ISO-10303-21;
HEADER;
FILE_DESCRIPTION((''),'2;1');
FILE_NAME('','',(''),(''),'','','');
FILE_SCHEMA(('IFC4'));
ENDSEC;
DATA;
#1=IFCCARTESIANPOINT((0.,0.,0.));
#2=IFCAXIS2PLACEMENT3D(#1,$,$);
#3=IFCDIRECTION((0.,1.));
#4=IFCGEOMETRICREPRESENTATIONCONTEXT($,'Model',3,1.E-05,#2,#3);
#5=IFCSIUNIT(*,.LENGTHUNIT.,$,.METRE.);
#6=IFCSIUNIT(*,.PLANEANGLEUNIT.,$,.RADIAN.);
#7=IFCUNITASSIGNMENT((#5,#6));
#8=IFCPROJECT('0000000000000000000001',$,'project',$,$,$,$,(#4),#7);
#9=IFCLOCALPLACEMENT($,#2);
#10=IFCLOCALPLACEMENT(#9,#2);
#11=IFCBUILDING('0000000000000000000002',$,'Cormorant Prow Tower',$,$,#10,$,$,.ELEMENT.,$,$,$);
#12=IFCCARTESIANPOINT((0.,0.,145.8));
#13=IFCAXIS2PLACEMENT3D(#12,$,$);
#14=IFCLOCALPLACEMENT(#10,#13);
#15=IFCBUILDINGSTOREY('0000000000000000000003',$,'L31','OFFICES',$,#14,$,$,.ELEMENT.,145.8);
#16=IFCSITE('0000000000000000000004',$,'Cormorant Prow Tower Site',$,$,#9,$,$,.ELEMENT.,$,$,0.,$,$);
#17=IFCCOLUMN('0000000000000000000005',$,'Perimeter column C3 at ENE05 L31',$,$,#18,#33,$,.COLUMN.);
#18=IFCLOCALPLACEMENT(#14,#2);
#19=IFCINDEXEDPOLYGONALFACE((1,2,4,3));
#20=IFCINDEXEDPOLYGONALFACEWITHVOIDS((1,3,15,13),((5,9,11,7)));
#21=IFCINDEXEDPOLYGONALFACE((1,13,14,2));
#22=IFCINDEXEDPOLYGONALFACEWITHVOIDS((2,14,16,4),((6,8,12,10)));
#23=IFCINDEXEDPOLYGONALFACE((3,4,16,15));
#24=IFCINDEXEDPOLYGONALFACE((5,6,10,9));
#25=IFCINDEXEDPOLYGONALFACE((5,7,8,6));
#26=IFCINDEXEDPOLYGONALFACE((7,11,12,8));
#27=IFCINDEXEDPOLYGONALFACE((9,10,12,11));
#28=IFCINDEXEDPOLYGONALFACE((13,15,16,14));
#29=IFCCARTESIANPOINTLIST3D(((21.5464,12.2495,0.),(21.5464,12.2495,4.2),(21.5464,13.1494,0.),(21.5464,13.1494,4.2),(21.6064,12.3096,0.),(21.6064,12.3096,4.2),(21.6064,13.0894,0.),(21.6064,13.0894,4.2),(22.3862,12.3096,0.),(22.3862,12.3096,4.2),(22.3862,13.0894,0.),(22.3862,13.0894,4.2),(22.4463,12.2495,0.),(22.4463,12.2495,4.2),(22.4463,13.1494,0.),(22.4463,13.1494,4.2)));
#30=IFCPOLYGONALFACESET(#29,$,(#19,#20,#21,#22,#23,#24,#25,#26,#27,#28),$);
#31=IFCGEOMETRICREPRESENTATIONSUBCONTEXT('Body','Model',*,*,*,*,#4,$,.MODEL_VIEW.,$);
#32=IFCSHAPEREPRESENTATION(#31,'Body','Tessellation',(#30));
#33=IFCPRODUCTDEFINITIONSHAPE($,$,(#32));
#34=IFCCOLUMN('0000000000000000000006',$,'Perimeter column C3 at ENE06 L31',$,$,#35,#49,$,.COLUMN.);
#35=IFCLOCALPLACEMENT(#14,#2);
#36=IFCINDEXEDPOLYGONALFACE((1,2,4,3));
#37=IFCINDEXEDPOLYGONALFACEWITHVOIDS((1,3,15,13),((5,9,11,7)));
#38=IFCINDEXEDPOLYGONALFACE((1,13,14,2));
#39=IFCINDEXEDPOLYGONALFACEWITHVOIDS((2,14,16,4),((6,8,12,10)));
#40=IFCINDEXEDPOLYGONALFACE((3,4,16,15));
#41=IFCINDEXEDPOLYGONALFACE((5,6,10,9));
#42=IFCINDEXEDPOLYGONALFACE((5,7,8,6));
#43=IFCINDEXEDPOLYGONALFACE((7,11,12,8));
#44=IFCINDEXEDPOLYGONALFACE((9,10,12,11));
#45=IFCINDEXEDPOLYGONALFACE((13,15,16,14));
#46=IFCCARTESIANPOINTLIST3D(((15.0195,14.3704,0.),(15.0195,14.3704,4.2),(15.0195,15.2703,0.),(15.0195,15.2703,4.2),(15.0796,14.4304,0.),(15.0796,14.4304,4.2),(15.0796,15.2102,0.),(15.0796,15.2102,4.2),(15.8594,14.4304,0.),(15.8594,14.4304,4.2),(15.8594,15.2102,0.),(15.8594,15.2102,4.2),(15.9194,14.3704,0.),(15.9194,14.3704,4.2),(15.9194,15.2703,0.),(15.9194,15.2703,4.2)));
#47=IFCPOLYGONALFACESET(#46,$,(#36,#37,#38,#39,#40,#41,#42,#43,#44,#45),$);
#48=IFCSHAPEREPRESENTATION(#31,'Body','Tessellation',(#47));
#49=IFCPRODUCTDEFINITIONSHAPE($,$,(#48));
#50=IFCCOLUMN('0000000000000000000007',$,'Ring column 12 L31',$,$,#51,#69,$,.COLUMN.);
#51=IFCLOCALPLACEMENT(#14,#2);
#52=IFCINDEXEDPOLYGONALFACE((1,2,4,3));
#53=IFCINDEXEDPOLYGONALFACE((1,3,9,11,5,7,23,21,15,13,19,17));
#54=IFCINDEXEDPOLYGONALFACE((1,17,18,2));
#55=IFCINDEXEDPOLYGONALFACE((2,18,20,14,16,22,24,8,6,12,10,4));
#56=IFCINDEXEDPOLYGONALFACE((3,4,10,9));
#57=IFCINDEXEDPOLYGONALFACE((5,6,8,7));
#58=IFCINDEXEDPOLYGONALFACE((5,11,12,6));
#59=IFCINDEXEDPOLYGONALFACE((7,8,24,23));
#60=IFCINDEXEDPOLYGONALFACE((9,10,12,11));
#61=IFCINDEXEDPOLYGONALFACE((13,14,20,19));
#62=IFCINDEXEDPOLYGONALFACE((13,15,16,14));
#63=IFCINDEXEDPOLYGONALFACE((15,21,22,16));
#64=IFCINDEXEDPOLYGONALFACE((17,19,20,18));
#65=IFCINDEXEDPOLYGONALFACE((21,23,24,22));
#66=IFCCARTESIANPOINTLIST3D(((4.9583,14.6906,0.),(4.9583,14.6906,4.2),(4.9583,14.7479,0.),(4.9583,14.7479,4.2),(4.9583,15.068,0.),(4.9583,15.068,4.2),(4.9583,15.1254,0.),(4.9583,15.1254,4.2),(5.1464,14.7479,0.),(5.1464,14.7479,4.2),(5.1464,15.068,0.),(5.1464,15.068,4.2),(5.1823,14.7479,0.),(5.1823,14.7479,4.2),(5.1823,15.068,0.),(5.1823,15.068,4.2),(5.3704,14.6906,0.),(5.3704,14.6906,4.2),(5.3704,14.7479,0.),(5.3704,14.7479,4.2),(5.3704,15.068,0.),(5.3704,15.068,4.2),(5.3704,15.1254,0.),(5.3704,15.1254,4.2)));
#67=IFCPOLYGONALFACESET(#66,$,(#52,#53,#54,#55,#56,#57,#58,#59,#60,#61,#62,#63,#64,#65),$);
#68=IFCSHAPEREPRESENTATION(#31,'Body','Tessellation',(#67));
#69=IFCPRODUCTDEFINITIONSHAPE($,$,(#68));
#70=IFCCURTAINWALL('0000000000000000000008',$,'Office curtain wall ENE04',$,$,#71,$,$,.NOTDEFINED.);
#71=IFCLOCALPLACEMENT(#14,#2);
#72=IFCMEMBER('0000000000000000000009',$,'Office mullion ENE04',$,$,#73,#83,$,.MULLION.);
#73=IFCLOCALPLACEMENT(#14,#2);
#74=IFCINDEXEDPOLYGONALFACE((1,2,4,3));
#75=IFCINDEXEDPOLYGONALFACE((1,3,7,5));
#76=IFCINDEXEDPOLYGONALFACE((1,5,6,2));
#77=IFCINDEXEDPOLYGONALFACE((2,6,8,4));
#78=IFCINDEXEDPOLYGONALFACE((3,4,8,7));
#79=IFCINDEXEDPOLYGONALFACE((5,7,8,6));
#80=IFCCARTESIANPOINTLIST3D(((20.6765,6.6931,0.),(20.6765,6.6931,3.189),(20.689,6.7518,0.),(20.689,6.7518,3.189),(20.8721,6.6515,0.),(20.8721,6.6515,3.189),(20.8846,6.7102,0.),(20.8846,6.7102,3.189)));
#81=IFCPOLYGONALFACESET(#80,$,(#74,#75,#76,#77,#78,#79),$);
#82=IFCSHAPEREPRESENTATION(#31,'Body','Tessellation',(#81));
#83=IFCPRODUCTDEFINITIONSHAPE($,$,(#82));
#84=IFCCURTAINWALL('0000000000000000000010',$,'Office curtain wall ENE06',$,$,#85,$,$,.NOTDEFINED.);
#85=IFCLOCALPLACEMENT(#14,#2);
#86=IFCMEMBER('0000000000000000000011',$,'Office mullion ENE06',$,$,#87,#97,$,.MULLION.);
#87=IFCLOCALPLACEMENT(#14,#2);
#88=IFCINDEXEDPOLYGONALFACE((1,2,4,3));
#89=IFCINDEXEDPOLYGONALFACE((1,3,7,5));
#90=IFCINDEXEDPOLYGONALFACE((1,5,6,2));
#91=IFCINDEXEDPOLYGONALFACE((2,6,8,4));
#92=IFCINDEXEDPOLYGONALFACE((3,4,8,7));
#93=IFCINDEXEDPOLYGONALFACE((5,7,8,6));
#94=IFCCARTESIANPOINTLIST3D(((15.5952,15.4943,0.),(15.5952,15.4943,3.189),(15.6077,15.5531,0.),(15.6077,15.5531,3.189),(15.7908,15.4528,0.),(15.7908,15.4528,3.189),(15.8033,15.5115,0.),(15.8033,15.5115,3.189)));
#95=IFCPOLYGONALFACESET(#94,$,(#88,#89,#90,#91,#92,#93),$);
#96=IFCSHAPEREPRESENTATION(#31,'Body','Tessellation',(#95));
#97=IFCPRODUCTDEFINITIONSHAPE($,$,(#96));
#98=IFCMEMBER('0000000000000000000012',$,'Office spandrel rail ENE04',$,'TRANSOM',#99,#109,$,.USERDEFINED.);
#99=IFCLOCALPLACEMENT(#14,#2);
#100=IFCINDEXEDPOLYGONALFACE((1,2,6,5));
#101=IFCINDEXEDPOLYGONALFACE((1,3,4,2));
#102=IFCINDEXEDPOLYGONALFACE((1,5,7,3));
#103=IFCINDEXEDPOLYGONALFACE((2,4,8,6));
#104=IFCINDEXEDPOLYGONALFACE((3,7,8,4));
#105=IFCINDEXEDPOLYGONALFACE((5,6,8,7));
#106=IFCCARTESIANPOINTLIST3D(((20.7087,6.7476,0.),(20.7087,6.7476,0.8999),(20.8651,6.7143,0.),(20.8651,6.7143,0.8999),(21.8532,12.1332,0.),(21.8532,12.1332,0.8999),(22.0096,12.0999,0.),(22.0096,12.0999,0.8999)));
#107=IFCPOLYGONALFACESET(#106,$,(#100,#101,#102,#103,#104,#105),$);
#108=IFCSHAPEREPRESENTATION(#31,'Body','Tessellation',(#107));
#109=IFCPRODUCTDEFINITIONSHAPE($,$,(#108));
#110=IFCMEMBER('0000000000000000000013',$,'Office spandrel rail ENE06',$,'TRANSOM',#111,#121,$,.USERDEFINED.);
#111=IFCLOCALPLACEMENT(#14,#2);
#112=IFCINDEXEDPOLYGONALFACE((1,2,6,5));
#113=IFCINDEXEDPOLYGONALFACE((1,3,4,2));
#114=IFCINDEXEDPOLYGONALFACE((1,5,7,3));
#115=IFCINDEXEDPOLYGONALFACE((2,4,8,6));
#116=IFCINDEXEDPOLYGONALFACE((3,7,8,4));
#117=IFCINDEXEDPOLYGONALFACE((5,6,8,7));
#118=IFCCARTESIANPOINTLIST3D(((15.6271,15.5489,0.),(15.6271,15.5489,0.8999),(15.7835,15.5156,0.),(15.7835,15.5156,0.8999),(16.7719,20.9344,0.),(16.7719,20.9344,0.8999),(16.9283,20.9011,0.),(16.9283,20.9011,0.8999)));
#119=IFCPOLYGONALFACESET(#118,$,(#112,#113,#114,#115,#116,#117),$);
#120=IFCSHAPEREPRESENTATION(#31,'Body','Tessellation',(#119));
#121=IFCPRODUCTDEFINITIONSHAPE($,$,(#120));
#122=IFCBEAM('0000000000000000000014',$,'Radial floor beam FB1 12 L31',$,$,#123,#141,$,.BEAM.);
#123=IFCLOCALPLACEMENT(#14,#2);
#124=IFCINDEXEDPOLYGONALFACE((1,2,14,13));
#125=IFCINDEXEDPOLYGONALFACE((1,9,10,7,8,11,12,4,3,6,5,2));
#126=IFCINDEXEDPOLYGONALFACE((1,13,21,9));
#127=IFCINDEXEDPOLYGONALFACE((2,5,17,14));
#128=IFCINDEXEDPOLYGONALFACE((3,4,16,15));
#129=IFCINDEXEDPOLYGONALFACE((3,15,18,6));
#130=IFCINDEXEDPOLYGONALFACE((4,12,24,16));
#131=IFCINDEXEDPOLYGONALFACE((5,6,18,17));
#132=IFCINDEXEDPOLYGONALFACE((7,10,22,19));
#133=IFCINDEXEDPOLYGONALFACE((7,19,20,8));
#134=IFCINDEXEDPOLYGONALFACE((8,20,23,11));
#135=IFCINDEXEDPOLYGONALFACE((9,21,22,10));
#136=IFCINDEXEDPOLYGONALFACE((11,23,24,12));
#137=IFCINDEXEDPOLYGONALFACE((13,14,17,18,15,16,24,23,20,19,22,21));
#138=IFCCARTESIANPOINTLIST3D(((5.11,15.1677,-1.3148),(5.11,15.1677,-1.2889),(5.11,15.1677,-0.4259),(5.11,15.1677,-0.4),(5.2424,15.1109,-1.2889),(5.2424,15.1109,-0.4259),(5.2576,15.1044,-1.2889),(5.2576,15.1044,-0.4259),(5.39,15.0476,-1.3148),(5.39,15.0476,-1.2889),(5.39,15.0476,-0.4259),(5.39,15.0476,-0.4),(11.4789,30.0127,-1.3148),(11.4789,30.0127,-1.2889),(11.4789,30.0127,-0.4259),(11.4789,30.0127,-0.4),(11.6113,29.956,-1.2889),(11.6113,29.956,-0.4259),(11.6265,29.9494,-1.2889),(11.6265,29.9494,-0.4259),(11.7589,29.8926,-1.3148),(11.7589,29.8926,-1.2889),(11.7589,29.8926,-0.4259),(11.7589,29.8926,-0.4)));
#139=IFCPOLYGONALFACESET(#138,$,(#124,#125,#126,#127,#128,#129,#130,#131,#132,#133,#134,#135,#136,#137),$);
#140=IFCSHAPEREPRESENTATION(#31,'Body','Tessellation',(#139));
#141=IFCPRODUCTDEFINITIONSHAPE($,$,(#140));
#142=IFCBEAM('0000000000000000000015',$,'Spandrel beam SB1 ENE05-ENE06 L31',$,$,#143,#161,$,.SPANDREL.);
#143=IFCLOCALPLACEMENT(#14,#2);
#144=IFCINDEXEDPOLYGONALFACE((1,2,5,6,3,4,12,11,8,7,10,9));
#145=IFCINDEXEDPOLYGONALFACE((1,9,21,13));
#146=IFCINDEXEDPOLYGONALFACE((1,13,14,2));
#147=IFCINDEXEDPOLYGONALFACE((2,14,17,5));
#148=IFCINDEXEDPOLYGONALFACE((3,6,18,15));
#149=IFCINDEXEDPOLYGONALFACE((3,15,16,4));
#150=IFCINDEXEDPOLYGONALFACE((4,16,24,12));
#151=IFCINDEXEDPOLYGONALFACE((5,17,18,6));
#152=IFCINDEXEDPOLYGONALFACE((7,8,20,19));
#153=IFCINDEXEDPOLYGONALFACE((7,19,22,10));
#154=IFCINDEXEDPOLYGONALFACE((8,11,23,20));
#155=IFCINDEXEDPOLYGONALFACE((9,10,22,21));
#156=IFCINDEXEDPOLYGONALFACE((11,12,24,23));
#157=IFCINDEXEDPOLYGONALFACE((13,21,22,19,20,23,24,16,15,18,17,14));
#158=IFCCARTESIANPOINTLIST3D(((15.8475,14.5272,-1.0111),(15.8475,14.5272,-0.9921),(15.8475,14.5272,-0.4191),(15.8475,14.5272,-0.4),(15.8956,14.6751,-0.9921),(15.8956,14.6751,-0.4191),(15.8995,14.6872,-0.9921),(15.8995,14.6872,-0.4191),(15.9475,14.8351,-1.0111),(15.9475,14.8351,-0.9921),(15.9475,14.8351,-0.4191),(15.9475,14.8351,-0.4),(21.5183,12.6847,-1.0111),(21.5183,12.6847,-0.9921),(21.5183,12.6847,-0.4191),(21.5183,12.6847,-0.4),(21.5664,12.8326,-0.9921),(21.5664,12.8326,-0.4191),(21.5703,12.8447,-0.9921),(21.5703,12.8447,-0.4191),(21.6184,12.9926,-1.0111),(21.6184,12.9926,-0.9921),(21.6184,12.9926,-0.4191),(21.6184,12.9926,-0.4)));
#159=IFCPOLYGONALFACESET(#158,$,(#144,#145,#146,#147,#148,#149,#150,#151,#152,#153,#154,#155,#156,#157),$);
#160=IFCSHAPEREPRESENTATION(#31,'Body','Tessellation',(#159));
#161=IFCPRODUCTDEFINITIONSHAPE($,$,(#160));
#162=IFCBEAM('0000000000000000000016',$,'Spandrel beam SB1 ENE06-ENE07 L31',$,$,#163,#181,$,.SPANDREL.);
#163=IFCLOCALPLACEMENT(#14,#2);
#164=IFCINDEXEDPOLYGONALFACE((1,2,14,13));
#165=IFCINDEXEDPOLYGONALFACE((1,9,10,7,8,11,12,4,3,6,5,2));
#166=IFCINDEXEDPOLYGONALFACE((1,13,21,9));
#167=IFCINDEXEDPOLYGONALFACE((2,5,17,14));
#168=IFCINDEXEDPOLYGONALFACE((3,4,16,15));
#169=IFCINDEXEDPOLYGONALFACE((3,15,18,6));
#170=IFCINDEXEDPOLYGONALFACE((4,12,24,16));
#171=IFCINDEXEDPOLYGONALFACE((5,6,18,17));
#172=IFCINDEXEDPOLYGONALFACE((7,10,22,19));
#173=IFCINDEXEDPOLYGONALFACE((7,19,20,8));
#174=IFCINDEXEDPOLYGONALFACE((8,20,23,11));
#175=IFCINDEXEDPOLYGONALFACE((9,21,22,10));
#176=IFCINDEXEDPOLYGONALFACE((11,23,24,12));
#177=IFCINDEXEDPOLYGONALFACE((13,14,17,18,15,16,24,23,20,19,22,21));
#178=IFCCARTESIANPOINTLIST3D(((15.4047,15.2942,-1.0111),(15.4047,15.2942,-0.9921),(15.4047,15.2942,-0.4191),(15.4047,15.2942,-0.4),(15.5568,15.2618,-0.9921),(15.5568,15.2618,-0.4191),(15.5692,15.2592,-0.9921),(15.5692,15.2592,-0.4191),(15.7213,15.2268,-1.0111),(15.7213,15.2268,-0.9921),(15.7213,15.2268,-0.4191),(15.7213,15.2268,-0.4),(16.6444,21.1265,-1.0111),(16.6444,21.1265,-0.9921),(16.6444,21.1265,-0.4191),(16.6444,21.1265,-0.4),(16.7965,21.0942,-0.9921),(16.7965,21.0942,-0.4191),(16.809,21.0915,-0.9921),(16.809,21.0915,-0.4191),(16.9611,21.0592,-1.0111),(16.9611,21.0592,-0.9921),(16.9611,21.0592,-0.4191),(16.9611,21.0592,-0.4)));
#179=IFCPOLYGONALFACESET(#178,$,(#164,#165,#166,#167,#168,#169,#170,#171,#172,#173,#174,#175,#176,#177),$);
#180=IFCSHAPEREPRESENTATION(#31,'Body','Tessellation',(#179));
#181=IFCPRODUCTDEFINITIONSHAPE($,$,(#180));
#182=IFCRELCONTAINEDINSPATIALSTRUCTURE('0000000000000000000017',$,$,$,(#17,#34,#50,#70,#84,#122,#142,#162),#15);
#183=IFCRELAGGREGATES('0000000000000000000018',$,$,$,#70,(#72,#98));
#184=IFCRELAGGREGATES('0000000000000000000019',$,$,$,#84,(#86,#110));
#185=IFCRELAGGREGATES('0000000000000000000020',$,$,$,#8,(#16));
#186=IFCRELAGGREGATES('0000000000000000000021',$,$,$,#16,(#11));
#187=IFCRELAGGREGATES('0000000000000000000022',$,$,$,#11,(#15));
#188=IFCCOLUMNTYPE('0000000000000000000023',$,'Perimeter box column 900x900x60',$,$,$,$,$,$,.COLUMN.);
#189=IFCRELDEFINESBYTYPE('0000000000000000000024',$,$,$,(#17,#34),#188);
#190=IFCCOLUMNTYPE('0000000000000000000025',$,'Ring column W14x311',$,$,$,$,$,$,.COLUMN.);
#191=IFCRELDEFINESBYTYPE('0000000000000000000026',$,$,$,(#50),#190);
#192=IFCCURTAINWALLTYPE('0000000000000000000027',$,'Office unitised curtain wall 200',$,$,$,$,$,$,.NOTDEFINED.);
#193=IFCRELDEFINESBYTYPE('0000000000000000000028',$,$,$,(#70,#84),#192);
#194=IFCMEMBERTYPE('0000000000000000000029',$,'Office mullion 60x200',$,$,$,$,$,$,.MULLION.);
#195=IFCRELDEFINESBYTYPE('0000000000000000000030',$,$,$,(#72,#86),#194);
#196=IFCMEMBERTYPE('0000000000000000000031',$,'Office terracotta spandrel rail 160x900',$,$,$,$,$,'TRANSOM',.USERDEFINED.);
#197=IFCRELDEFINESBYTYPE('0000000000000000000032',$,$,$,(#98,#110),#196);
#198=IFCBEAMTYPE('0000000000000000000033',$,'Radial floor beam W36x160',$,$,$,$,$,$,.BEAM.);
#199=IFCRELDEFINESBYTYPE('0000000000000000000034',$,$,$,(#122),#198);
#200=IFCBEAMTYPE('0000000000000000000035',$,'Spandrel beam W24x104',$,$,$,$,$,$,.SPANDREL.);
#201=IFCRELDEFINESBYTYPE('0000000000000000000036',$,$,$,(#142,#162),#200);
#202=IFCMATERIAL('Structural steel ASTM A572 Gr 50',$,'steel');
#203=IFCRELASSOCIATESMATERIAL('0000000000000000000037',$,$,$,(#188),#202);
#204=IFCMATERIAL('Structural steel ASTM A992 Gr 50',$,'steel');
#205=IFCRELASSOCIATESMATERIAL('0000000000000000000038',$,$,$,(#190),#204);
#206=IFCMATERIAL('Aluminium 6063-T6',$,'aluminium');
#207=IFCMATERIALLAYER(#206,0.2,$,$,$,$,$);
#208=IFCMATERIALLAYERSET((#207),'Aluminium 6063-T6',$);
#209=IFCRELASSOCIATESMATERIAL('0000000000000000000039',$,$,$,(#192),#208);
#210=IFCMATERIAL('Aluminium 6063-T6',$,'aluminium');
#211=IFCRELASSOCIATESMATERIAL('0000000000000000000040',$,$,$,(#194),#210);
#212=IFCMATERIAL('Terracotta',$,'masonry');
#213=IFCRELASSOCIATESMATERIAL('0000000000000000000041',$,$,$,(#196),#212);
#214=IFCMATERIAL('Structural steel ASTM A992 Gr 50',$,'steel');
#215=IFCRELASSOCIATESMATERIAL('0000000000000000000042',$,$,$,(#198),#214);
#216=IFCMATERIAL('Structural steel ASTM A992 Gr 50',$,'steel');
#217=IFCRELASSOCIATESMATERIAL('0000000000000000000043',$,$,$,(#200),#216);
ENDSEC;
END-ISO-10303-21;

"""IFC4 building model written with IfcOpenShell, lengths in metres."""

from ifc_helpers import new_model, si_unit, direction, frame, origin, origin_2d, place, context, subcontext, project, spatial, rectangle, hollow_rectangle, i_section, extrude, material, layer, layer_set, material_profile, profile_set, type_object, element, aggregate, save


model = new_model("IFC4")

# Units and contexts
model_context = context("Model", 3, precision=1e-05, world=origin(), true_north=direction((0.0, 1.0)))
body_context = subcontext(model_context, "Body", "Model", "MODEL_VIEW")
ifc_project = project(units=[si_unit("LENGTHUNIT", "METRE"), si_unit("PLANEANGLEUNIT", "RADIAN")], contexts=[model_context])

# Site, building, storey
site_placement = place(None, origin())
site = spatial("IfcSite", under=ifc_project, at=site_placement, Name="Cormorant Prow Tower Site", CompositionType="ELEMENT", RefElevation=0.0)
building_placement = place(site_placement, origin())
building = spatial("IfcBuilding", under=site, at=building_placement, Name="Cormorant Prow Tower", CompositionType="ELEMENT")
storey_placement = place(building_placement, frame((0.0, 0.0, 145.8)))
storey = spatial("IfcBuildingStorey", under=building, at=storey_placement, Name="L31", Description="OFFICES", CompositionType="ELEMENT", Elevation=145.8)

# Columns
ifc_material_1 = material(Name="Structural steel ASTM A572 Gr 50", Category="steel")
ifc_material_profile_1 = material_profile(ifc_material_1, hollow_rectangle(XDim=0.8999, YDim=0.8999, WallThickness=0.0601, at=origin_2d()), Name="Box 900x900x60")
ifc_profile_set_1 = profile_set([ifc_material_profile_1], Name="Structural steel ASTM A572 Gr 50")
column_type_1 = type_object("IfcColumnType", Name="Perimeter box column 900x900x60", PredefinedType="COLUMN", material=ifc_profile_set_1)
for number, where, z_axis, x_axis, name in (
    (1, (21.9963, 12.6995, 0.0), (0.0, 0.0, 1.0), (1.0, 0.0, 0.0), "Perimeter column C3 at ENE05 L31"),
    (2, (15.4695, 14.8203, 0.0), (0.0, 0.0, 1.0), (1.0, 0.0, 0.0), "Perimeter column C3 at ENE06 L31"),
):
    element("IfcColumn", number, at=place(storey_placement, frame(where, z_axis=z_axis, x_axis=x_axis)), inside=storey, type_object=column_type_1, Name=name, PredefinedType="COLUMN", context=body_context, shape_type="SweptSolid", body=[
        extrude(hollow_rectangle(XDim=0.8999, YDim=0.8999, WallThickness=0.0601, at=origin_2d()), origin(), (0.0, 0.0, 1.0), 4.2),
    ])
ifc_material_2 = material(Name="Structural steel ASTM A992 Gr 50", Category="steel")
ifc_material_profile_2 = material_profile(ifc_material_2, i_section(OverallWidth=0.4121, OverallDepth=0.4348, WebThickness=0.0359, FlangeThickness=0.0574, at=origin_2d()), Name="W14x311")
ifc_profile_set_2 = profile_set([ifc_material_profile_2], Name="Structural steel ASTM A992 Gr 50")
column_type_2 = type_object("IfcColumnType", Name="Ring column W14x311", PredefinedType="COLUMN", material=ifc_profile_set_2)
column_placement = place(storey_placement, frame((5.1643, 14.908, 0.0), z_axis=(0.0, 0.0, 1.0), x_axis=(1.0, 0.0, 0.0)))
element("IfcColumn", 3, at=column_placement, inside=storey, type_object=column_type_2, Name="Ring column 12 L31", PredefinedType="COLUMN", context=body_context, shape_type="SweptSolid", body=[
    extrude(i_section(OverallWidth=0.4121, OverallDepth=0.4348, WebThickness=0.0359, FlangeThickness=0.0574, at=origin_2d()), origin(), (0.0, 0.0, 1.0), 4.2),
])

# Curtain walls, members
ifc_material_3 = material(Name="Aluminium 6063-T6", Category="aluminium")
ifc_layer_1 = layer(ifc_material_3, 0.2)
ifc_layer_set_1 = layer_set([ifc_layer_1], Name="Aluminium 6063-T6")
curtain_wall_type = type_object("IfcCurtainWallType", Name="Office unitised curtain wall 200", PredefinedType="NOTDEFINED", material=ifc_layer_set_1)
curtain_wall_1_placement = place(storey_placement, origin())
curtain_wall_1 = element("IfcCurtainWall", 4, at=curtain_wall_1_placement, inside=storey, type_object=curtain_wall_type, Name="Office curtain wall ENE04", PredefinedType="NOTDEFINED")
ifc_material_4 = material(Name="Aluminium 6063-T6", Category="aluminium")
ifc_material_profile_3 = material_profile(ifc_material_4, rectangle(XDim=0.2, YDim=0.0601, at=origin_2d()), Name="Office mullion 60x200")
ifc_profile_set_3 = profile_set([ifc_material_profile_3], Name="Aluminium 6063-T6")
member_type_1 = type_object("IfcMemberType", Name="Office mullion 60x200", PredefinedType="MULLION", material=ifc_profile_set_3)
member_1_placement = place(storey_placement, frame((20.7805, 6.7017, 0.0), z_axis=(0.0, 0.0, 1.0), x_axis=(-0.978148, 0.207912, 0.0)))
member_1 = element("IfcMember", 5, at=member_1_placement, type_object=member_type_1, Name="Office mullion ENE04", PredefinedType="MULLION", context=body_context, shape_type="SweptSolid", body=[
    extrude(rectangle(XDim=0.2, YDim=0.0601, at=origin_2d()), origin(), (0.0, 0.0, 1.0), 3.189),
])
curtain_wall_2_placement = place(storey_placement, origin())
curtain_wall_2 = element("IfcCurtainWall", 6, at=curtain_wall_2_placement, inside=storey, type_object=curtain_wall_type, Name="Office curtain wall ENE06", PredefinedType="NOTDEFINED")
member_2_placement = place(storey_placement, frame((15.6992, 15.5029, 0.0), z_axis=(0.0, 0.0, 1.0), x_axis=(-0.978148, 0.207912, 0.0)))
member_2 = element("IfcMember", 7, at=member_2_placement, type_object=member_type_1, Name="Office mullion ENE06", PredefinedType="MULLION", context=body_context, shape_type="SweptSolid", body=[
    extrude(rectangle(XDim=0.2, YDim=0.0601, at=origin_2d()), origin(), (0.0, 0.0, 1.0), 3.189),
])

# Members
ifc_material_5 = material(Name="Terracotta", Category="masonry")
ifc_material_profile_4 = material_profile(ifc_material_5, rectangle(XDim=0.1599, YDim=0.8999, at=origin_2d()), Name="Office terracotta spandrel rail 160x900")
ifc_profile_set_4 = profile_set([ifc_material_profile_4], Name="Terracotta")
member_type_2 = type_object("IfcMemberType", Name="Office terracotta spandrel rail 160x900", ElementType="TRANSOM", PredefinedType="USERDEFINED", material=ifc_profile_set_4)
member_3_placement = place(storey_placement, frame((20.7869, 6.731, 0.45), z_axis=(0.207878, 0.978155, 0.0), x_axis=(-0.978155, 0.207878, 0.0)))
member_3 = element("IfcMember", 8, at=member_3_placement, type_object=member_type_2, Name="Office spandrel rail ENE04", ObjectType="TRANSOM", PredefinedType="USERDEFINED", context=body_context, shape_type="SweptSolid", body=[
    extrude(rectangle(XDim=0.1599, YDim=0.8999, at=origin_2d()), origin(), (0.0, 0.0, 1.0), 5.5059),
])
member_4_placement = place(storey_placement, frame((15.7053, 15.5322, 0.45), z_axis=(0.207921, 0.978146, 0.0), x_axis=(-0.978146, 0.207921, 0.0)))
member_4 = element("IfcMember", 9, at=member_4_placement, type_object=member_type_2, Name="Office spandrel rail ENE06", ObjectType="TRANSOM", PredefinedType="USERDEFINED", context=body_context, shape_type="SweptSolid", body=[
    extrude(rectangle(XDim=0.1599, YDim=0.8999, at=origin_2d()), origin(), (0.0, 0.0, 1.0), 5.5059),
])

# Beams
ifc_material_6 = material(Name="Structural steel ASTM A992 Gr 50", Category="steel")
ifc_material_profile_5 = material_profile(ifc_material_6, i_section(OverallWidth=0.3047, OverallDepth=0.9148, WebThickness=0.0166, FlangeThickness=0.0259, at=origin_2d()), Name="W36x160")
ifc_profile_set_5 = profile_set([ifc_material_profile_5], Name="Structural steel ASTM A992 Gr 50")
beam_type_1 = type_object("IfcBeamType", Name="Radial floor beam W36x160", PredefinedType="BEAM", material=ifc_profile_set_5)
beam_placement = place(storey_placement, frame((5.25, 15.1077, -0.8574), z_axis=(0.394273, 0.918993, 0.0), x_axis=(-0.918993, 0.394273, 0.0)))
element("IfcBeam", 10, at=beam_placement, inside=storey, type_object=beam_type_1, Name="Radial floor beam FB1 12 L31", PredefinedType="BEAM", context=body_context, shape_type="SweptSolid", body=[
    extrude(i_section(OverallWidth=0.3047, OverallDepth=0.9148, WebThickness=0.0166, FlangeThickness=0.0259, at=origin_2d()), origin(), (0.0, 0.0, 1.0), 16.1536),
])
ifc_material_7 = material(Name="Structural steel ASTM A992 Gr 50", Category="steel")
ifc_material_profile_6 = material_profile(ifc_material_7, i_section(OverallWidth=0.3237, OverallDepth=0.6111, WebThickness=0.0127, FlangeThickness=0.019, at=origin_2d()), Name="W24x104")
ifc_profile_set_6 = profile_set([ifc_material_profile_6], Name="Structural steel ASTM A992 Gr 50")
beam_type_2 = type_object("IfcBeamType", Name="Spandrel beam W24x104", PredefinedType="SPANDREL", material=ifc_profile_set_6)
for number, where, z_axis, x_axis, name in (
    (11, (21.5684, 12.8386, -0.7056), (-0.951059, 0.309008, 0.0), (-0.309008, -0.951059, 0.0), "Spandrel beam SB1 ENE05-ENE06 L31"),
    (12, (15.563, 15.2605, -0.7056), (0.207921, 0.978146, 0.0), (-0.978146, 0.207921, 0.0), "Spandrel beam SB1 ENE06-ENE07 L31"),
):
    element("IfcBeam", number, at=place(storey_placement, frame(where, z_axis=z_axis, x_axis=x_axis)), inside=storey, type_object=beam_type_2, Name=name, PredefinedType="SPANDREL", context=body_context, shape_type="SweptSolid", body=[
        extrude(i_section(OverallWidth=0.3237, OverallDepth=0.6111, WebThickness=0.0127, FlangeThickness=0.019, at=origin_2d()), origin(), (0.0, 0.0, 1.0), 5.9626),
    ])

aggregate(curtain_wall_1, [member_1, member_3])
aggregate(curtain_wall_2, [member_2, member_4])

save(model, "model.ifc")
